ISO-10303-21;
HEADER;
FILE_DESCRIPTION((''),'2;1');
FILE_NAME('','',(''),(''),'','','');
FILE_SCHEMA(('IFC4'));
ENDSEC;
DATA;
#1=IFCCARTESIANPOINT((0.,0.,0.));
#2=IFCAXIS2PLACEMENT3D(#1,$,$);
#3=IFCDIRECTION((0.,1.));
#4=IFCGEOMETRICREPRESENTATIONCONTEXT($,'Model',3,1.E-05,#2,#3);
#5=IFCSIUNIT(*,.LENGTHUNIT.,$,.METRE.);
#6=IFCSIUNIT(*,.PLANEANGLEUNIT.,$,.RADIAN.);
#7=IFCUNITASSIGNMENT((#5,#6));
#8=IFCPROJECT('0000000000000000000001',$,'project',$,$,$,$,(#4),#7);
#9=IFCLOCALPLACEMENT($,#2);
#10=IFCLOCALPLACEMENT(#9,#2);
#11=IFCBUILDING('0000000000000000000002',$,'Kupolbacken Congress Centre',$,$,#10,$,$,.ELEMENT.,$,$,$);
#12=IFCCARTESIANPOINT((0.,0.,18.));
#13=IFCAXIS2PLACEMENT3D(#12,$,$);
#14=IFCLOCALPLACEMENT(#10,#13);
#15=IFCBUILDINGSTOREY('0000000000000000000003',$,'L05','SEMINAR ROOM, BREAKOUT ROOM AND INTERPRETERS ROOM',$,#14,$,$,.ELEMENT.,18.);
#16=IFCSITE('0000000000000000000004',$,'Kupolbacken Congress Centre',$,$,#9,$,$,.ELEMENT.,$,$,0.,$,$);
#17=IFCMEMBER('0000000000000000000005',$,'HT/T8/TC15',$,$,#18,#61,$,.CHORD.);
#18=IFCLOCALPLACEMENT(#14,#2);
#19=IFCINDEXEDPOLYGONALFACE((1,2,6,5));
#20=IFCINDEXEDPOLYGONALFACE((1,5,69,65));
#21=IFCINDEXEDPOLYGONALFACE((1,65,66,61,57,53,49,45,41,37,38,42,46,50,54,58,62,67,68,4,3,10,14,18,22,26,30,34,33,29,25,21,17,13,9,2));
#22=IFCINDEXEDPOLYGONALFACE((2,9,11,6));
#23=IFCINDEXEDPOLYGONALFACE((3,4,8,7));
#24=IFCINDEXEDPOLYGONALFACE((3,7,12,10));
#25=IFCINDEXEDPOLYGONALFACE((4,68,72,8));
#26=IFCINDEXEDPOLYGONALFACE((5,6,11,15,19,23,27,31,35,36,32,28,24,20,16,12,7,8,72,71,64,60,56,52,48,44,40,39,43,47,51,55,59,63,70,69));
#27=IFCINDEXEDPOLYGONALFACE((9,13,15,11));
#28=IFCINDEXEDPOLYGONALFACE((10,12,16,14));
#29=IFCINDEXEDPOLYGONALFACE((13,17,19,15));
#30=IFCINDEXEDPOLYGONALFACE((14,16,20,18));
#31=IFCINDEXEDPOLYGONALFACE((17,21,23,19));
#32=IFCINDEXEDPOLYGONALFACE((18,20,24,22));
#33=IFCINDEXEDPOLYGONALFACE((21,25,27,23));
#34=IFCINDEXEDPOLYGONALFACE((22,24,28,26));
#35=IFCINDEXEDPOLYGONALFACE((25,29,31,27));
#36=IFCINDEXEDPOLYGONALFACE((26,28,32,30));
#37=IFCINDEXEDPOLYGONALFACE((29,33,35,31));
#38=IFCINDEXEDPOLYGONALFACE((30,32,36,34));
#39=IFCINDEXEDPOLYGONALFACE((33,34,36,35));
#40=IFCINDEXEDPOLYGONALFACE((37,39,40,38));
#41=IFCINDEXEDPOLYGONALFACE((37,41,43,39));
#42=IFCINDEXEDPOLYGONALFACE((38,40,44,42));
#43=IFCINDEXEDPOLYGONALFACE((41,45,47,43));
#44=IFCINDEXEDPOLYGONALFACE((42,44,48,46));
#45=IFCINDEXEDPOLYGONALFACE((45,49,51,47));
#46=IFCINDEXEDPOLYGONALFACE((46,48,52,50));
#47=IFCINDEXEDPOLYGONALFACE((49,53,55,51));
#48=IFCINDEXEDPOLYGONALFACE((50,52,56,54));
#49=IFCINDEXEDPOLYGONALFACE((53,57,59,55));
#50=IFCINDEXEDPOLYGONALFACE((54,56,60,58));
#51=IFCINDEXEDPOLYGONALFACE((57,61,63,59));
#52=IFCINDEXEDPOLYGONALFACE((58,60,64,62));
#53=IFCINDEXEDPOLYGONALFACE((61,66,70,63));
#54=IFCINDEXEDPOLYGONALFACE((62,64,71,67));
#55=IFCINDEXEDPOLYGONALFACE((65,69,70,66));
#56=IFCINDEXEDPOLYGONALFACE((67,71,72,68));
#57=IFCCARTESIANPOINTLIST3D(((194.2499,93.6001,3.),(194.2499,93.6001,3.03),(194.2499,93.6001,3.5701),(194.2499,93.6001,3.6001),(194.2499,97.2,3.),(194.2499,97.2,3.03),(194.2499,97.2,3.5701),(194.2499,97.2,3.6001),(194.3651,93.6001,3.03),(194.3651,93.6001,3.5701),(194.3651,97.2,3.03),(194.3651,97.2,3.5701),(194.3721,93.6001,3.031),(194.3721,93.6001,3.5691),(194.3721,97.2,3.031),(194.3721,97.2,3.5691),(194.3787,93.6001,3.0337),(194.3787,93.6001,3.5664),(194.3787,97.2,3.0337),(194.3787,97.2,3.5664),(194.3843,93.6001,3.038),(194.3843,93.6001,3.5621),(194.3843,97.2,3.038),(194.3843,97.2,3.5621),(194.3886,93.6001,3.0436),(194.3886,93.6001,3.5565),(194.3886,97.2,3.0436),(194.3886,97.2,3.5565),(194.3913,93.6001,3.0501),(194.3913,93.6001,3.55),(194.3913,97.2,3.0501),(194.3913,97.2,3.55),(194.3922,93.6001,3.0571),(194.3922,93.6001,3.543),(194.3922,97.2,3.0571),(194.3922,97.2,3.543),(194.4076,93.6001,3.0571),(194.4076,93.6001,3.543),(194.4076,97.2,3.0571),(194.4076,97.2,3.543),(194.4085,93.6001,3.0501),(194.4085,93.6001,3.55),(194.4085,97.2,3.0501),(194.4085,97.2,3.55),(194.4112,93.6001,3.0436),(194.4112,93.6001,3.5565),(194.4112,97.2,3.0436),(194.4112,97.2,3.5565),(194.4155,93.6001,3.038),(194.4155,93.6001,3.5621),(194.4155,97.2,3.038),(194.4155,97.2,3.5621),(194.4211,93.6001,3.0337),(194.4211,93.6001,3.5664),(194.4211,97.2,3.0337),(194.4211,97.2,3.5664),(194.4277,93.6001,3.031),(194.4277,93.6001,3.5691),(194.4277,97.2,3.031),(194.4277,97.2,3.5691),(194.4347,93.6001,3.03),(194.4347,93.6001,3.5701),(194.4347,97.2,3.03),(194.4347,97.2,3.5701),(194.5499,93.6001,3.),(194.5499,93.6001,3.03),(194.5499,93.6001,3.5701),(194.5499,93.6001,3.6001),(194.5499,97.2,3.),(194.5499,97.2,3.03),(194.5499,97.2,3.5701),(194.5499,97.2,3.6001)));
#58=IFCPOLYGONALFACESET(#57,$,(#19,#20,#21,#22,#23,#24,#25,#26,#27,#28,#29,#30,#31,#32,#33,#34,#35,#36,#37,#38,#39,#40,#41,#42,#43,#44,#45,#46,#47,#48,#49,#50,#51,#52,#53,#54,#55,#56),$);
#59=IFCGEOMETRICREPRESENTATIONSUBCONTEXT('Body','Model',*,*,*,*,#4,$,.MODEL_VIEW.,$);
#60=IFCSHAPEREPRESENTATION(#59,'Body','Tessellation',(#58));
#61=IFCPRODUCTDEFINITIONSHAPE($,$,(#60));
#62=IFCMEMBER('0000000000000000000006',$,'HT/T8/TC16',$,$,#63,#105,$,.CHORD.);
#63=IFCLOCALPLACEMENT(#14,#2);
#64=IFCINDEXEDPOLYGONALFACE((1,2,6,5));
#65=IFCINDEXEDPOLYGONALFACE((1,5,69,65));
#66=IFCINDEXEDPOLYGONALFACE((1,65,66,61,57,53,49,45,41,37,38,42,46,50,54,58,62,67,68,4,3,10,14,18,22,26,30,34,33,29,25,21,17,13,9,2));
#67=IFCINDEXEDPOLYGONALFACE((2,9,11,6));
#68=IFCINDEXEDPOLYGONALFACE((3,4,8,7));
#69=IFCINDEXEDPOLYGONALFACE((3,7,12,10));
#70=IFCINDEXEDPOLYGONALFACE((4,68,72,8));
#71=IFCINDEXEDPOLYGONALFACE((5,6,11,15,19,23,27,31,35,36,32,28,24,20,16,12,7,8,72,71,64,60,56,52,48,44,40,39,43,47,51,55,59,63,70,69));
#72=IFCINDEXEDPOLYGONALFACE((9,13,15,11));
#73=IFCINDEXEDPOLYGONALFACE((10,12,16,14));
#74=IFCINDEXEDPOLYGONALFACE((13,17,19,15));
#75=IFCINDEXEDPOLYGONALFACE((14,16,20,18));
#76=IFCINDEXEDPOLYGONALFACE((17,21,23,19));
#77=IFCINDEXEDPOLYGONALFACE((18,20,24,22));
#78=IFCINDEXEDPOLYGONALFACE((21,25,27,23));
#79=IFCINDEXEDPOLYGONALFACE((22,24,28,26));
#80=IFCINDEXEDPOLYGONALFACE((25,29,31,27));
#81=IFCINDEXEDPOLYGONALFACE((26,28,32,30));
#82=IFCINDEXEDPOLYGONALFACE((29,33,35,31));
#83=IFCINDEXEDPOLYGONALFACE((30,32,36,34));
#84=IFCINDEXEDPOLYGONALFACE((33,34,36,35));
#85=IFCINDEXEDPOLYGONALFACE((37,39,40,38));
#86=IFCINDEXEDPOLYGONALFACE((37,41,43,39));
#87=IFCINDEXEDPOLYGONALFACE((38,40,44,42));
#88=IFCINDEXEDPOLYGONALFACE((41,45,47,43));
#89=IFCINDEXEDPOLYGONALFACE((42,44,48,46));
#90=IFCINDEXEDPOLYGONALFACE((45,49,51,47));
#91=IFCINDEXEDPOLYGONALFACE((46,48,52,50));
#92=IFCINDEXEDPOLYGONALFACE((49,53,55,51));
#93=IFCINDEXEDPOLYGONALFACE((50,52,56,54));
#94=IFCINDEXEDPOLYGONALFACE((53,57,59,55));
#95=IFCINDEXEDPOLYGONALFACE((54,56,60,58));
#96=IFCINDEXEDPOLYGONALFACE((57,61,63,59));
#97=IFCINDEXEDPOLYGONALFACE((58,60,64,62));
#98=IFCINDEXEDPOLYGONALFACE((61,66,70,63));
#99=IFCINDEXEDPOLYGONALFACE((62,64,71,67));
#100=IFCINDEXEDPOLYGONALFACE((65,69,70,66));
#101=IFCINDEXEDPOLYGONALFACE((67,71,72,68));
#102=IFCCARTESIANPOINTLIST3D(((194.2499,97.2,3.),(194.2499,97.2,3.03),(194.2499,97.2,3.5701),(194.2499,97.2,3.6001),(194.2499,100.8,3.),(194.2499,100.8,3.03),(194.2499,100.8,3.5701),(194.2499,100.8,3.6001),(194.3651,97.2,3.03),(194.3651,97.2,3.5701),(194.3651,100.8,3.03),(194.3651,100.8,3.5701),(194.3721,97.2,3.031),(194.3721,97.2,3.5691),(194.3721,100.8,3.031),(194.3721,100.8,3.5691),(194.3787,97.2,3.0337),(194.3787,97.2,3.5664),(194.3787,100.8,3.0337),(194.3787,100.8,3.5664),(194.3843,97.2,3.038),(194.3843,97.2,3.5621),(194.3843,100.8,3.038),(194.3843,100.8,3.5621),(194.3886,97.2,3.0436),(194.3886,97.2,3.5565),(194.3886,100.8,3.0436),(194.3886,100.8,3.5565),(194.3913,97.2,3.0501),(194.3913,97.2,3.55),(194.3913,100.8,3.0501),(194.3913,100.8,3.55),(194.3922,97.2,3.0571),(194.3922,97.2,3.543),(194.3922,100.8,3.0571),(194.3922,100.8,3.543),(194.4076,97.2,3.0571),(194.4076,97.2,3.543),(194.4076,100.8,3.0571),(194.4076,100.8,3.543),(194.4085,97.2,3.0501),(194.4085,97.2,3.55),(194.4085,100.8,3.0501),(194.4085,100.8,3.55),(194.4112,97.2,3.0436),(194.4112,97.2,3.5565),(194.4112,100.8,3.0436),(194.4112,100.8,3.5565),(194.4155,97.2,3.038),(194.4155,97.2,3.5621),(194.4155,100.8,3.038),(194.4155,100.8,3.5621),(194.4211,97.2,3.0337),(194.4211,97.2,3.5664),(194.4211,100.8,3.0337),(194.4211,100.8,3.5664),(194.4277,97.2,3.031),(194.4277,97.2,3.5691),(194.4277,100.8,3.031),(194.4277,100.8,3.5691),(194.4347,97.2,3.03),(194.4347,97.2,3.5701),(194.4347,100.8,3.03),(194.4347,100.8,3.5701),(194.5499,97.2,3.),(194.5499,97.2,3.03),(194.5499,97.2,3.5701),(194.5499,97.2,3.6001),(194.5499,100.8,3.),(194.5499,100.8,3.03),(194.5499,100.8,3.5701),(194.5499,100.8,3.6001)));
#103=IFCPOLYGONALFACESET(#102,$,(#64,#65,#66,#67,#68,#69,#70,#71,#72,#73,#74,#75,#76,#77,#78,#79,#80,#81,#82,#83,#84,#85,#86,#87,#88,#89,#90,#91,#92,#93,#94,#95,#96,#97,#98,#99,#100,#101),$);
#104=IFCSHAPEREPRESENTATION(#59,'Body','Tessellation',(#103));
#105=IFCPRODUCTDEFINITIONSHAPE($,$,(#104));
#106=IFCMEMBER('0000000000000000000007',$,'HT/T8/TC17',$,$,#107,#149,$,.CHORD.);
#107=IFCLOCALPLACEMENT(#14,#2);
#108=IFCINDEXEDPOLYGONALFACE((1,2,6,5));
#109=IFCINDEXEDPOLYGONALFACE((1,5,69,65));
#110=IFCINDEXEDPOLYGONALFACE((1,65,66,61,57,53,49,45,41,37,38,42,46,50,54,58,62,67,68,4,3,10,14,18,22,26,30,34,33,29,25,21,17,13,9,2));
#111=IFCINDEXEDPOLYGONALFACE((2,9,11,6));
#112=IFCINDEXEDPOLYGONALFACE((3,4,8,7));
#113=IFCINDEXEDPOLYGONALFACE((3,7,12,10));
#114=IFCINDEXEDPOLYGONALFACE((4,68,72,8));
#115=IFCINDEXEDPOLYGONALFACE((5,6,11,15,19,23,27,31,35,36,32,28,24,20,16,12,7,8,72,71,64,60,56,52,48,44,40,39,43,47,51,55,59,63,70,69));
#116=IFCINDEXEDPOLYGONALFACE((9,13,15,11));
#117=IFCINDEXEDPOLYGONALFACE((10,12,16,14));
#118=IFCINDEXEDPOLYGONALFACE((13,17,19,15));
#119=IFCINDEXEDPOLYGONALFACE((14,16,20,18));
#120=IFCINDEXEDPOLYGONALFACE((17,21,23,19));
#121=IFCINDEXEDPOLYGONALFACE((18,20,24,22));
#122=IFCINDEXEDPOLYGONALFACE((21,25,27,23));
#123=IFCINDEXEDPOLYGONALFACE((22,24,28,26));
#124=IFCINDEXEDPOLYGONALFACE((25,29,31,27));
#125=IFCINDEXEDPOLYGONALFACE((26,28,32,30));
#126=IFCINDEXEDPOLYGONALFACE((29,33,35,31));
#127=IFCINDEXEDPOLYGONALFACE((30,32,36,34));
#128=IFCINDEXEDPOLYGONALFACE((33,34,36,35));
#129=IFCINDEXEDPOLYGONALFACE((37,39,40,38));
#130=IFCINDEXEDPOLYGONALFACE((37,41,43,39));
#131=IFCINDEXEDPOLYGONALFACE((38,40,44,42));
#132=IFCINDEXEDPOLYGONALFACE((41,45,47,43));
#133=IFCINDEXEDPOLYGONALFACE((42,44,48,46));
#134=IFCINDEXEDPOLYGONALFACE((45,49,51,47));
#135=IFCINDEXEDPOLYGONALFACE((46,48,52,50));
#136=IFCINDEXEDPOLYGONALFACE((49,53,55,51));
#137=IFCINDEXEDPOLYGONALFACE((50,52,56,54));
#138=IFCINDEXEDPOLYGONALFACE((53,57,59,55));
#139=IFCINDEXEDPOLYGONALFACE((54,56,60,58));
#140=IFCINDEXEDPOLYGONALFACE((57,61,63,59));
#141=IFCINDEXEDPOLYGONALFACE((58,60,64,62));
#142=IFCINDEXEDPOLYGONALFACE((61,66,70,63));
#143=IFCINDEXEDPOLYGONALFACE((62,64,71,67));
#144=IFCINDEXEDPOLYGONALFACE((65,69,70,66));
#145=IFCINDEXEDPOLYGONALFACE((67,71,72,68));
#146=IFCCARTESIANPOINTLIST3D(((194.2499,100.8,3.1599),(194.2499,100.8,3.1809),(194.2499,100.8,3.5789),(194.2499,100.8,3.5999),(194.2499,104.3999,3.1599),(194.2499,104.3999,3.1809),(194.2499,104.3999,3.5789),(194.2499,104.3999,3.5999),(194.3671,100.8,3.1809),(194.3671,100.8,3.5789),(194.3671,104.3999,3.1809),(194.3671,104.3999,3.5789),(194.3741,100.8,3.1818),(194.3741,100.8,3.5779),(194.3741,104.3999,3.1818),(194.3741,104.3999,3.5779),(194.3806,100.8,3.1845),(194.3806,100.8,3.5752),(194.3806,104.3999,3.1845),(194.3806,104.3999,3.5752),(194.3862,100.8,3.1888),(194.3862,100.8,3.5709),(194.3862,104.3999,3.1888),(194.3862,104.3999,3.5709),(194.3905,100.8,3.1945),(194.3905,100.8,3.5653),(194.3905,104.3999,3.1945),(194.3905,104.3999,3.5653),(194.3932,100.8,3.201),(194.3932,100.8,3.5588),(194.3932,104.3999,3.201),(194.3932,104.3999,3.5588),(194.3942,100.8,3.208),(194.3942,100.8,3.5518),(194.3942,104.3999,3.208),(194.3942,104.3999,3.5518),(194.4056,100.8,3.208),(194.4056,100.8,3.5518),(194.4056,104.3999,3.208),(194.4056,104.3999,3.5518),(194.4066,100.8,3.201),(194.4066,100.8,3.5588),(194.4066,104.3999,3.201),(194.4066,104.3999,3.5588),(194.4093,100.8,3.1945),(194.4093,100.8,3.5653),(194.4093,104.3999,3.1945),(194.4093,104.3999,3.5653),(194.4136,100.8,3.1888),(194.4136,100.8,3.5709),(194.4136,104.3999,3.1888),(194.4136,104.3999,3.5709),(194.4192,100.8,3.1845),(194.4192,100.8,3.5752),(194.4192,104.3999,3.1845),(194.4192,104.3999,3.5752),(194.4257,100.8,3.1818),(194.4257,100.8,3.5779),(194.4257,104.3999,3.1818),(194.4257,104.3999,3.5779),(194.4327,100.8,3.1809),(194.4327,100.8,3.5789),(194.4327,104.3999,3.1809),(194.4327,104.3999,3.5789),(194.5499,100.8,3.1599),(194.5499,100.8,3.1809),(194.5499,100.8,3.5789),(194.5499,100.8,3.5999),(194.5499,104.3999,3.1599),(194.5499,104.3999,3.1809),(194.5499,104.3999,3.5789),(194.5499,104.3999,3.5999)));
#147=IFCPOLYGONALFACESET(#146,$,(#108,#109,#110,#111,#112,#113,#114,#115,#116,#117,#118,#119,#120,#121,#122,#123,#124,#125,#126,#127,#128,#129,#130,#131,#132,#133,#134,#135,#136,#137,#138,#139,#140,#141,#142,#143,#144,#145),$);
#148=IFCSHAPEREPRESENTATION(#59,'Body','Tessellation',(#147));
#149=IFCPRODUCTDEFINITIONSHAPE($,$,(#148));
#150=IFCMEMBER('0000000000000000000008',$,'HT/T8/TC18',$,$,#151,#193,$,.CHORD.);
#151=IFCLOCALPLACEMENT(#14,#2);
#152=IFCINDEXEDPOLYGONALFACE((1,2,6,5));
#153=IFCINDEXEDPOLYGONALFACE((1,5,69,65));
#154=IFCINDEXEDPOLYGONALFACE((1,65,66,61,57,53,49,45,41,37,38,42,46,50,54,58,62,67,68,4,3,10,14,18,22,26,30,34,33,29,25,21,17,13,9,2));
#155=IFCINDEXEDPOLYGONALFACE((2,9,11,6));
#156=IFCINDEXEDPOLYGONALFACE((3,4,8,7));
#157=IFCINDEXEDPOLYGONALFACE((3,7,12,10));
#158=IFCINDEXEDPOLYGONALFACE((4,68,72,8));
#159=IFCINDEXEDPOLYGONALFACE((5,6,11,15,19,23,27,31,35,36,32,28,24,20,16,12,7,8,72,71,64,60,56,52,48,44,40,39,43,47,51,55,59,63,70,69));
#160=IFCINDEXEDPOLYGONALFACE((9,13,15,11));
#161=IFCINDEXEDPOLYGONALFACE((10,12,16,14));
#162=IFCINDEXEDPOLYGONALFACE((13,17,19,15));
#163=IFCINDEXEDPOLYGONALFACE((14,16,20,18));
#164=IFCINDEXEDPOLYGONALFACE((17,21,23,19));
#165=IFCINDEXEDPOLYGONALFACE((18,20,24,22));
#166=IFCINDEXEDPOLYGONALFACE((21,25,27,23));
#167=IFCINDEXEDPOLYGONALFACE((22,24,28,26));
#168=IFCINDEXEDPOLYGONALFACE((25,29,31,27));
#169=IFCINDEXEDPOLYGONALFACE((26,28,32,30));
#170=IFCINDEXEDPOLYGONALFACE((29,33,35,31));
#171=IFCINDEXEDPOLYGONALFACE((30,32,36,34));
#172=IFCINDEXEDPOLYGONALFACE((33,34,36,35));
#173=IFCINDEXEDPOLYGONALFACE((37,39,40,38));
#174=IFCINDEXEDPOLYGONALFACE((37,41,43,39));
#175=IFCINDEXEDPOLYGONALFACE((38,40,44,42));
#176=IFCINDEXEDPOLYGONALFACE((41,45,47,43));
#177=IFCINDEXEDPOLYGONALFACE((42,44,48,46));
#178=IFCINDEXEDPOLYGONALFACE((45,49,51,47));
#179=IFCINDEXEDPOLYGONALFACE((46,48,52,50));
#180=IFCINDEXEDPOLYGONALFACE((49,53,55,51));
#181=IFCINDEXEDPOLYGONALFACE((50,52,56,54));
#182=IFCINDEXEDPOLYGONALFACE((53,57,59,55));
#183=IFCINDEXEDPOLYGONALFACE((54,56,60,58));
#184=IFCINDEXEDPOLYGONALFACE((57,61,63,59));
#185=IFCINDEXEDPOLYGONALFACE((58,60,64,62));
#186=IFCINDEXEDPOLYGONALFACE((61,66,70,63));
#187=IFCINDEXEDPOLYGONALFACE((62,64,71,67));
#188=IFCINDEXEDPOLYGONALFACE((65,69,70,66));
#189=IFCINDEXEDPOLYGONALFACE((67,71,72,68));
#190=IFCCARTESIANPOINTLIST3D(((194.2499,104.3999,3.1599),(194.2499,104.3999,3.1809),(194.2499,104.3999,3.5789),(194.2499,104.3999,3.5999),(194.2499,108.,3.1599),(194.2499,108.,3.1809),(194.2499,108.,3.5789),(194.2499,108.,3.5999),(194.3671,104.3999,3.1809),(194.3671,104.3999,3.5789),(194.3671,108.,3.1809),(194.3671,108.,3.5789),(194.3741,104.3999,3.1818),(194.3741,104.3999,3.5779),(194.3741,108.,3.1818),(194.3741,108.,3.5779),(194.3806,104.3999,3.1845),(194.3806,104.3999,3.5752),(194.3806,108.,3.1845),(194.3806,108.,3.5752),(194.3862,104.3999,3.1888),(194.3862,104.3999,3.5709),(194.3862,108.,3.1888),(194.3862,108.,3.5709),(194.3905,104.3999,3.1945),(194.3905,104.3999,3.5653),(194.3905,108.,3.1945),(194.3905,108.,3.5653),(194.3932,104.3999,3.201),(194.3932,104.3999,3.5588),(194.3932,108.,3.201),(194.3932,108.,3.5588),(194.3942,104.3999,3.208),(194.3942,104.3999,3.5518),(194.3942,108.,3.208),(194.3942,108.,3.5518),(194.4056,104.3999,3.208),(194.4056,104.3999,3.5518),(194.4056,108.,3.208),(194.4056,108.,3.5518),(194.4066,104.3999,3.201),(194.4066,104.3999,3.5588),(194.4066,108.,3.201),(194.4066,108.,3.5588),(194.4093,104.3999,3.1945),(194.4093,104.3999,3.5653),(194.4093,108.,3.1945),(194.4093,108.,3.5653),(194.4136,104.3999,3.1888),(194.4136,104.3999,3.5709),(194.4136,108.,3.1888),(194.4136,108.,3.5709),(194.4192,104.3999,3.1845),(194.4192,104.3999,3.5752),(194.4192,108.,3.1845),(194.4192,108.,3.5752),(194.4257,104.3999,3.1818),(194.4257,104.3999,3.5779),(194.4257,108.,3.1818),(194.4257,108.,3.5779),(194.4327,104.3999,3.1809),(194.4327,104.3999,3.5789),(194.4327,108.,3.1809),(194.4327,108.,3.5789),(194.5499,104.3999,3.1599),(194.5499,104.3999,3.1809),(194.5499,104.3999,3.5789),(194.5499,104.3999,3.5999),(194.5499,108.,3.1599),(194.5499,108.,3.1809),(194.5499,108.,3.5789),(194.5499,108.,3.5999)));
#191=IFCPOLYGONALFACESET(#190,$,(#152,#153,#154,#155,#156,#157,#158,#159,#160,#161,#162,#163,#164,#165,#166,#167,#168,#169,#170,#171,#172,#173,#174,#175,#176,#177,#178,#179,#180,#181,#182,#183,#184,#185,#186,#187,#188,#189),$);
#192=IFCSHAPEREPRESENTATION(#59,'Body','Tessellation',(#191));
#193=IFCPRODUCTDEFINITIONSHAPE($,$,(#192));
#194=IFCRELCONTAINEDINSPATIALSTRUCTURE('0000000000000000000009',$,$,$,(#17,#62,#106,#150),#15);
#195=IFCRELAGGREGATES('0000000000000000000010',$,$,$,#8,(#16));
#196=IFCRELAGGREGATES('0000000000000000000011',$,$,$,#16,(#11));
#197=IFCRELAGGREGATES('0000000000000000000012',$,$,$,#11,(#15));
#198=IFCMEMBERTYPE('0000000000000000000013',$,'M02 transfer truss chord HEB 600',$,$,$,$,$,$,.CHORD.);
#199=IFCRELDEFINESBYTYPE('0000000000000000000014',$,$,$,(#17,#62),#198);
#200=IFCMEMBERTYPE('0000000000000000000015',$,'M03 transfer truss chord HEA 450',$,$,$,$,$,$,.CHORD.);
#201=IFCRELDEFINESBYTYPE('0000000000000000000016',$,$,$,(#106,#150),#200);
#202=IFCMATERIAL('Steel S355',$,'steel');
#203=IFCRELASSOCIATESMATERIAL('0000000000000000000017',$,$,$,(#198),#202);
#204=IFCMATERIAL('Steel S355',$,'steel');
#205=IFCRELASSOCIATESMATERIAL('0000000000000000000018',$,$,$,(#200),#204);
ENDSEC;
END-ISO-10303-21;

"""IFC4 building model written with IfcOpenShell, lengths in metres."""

from ifc_helpers import new_model, si_unit, direction, frame, origin, origin_2d, place, context, subcontext, project, spatial, i_section, extrude, material, material_profile, profile_set, type_object, element, save


model = new_model("IFC4")

# Units and contexts
model_context = context("Model", 3, precision=1e-05, world=origin(), true_north=direction((0.0, 1.0)))
body_context = subcontext(model_context, "Body", "Model", "MODEL_VIEW")
ifc_project = project(units=[si_unit("LENGTHUNIT", "METRE"), si_unit("PLANEANGLEUNIT", "RADIAN")], contexts=[model_context])

# Site, building, storey
site_placement = place(None, origin())
site = spatial("IfcSite", under=ifc_project, at=site_placement, Name="Kupolbacken Congress Centre", CompositionType="ELEMENT", RefElevation=0.0)
building_placement = place(site_placement, origin())
building = spatial("IfcBuilding", under=site, at=building_placement, Name="Kupolbacken Congress Centre", CompositionType="ELEMENT")
storey_placement = place(building_placement, frame((0.0, 0.0, 18.0)))
storey = spatial("IfcBuildingStorey", under=building, at=storey_placement, Name="L05", Description="SEMINAR ROOM, BREAKOUT ROOM AND INTERPRETERS ROOM", CompositionType="ELEMENT", Elevation=18.0)

# Members
ifc_material_1 = material(Name="Steel S355", Category="steel")
ifc_material_profile_1 = material_profile(ifc_material_1, i_section(OverallWidth=0.3, OverallDepth=0.6001, WebThickness=0.0154, FlangeThickness=0.03, FilletRadius=0.0271, at=origin_2d()), Name="HEB 600")
ifc_profile_set_1 = profile_set([ifc_material_profile_1], Name="Steel S355")
member_type_1 = type_object("IfcMemberType", Name="M02 transfer truss chord HEB 600", PredefinedType="CHORD", material=ifc_profile_set_1)
member_1_placement = place(storey_placement, frame((194.3999, 93.6001, 3.3), z_axis=(0.0, 1.0, 0.0), x_axis=(-1.0, 0.0, 0.0)))
element("IfcMember", 1, at=member_1_placement, inside=storey, type_object=member_type_1, Name="HT/T8/TC15", PredefinedType="CHORD", context=body_context, shape_type="SweptSolid", body=[
    extrude(i_section(OverallWidth=0.3, OverallDepth=0.6001, WebThickness=0.0154, FlangeThickness=0.03, FilletRadius=0.0271, at=origin_2d()), origin(), (0.0, 0.0, 1.0), 3.5999),
])
member_2_placement = place(storey_placement, frame((194.3999, 97.2, 3.3), z_axis=(0.0, 1.0, 0.0), x_axis=(-1.0, 0.0, 0.0)))
element("IfcMember", 2, at=member_2_placement, inside=storey, type_object=member_type_1, Name="HT/T8/TC16", PredefinedType="CHORD", context=body_context, shape_type="SweptSolid", body=[
    extrude(i_section(OverallWidth=0.3, OverallDepth=0.6001, WebThickness=0.0154, FlangeThickness=0.03, FilletRadius=0.0271, at=origin_2d()), origin(), (0.0, 0.0, 1.0), 3.6001),
])
ifc_material_2 = material(Name="Steel S355", Category="steel")
ifc_material_profile_2 = material_profile(ifc_material_2, i_section(OverallWidth=0.3, OverallDepth=0.4399, WebThickness=0.0115, FlangeThickness=0.021, FilletRadius=0.0271, at=origin_2d()), Name="HEA 450")
ifc_profile_set_2 = profile_set([ifc_material_profile_2], Name="Steel S355")
member_type_2 = type_object("IfcMemberType", Name="M03 transfer truss chord HEA 450", PredefinedType="CHORD", material=ifc_profile_set_2)
member_3_placement = place(storey_placement, frame((194.3999, 100.8, 3.3799), z_axis=(0.0, 1.0, 0.0), x_axis=(-1.0, 0.0, 0.0)))
element("IfcMember", 3, at=member_3_placement, inside=storey, type_object=member_type_2, Name="HT/T8/TC17", PredefinedType="CHORD", context=body_context, shape_type="SweptSolid", body=[
    extrude(i_section(OverallWidth=0.3, OverallDepth=0.4399, WebThickness=0.0115, FlangeThickness=0.021, FilletRadius=0.0271, at=origin_2d()), origin(), (0.0, 0.0, 1.0), 3.5999),
])
member_4_placement = place(storey_placement, frame((194.3999, 104.3999, 3.3799), z_axis=(0.0, 1.0, 0.0), x_axis=(-1.0, 0.0, 0.0)))
element("IfcMember", 4, at=member_4_placement, inside=storey, type_object=member_type_2, Name="HT/T8/TC18", PredefinedType="CHORD", context=body_context, shape_type="SweptSolid", body=[
    extrude(i_section(OverallWidth=0.3, OverallDepth=0.4399, WebThickness=0.0115, FlangeThickness=0.021, FilletRadius=0.0271, at=origin_2d()), origin(), (0.0, 0.0, 1.0), 3.6001),
])

save(model, "model.ifc")
